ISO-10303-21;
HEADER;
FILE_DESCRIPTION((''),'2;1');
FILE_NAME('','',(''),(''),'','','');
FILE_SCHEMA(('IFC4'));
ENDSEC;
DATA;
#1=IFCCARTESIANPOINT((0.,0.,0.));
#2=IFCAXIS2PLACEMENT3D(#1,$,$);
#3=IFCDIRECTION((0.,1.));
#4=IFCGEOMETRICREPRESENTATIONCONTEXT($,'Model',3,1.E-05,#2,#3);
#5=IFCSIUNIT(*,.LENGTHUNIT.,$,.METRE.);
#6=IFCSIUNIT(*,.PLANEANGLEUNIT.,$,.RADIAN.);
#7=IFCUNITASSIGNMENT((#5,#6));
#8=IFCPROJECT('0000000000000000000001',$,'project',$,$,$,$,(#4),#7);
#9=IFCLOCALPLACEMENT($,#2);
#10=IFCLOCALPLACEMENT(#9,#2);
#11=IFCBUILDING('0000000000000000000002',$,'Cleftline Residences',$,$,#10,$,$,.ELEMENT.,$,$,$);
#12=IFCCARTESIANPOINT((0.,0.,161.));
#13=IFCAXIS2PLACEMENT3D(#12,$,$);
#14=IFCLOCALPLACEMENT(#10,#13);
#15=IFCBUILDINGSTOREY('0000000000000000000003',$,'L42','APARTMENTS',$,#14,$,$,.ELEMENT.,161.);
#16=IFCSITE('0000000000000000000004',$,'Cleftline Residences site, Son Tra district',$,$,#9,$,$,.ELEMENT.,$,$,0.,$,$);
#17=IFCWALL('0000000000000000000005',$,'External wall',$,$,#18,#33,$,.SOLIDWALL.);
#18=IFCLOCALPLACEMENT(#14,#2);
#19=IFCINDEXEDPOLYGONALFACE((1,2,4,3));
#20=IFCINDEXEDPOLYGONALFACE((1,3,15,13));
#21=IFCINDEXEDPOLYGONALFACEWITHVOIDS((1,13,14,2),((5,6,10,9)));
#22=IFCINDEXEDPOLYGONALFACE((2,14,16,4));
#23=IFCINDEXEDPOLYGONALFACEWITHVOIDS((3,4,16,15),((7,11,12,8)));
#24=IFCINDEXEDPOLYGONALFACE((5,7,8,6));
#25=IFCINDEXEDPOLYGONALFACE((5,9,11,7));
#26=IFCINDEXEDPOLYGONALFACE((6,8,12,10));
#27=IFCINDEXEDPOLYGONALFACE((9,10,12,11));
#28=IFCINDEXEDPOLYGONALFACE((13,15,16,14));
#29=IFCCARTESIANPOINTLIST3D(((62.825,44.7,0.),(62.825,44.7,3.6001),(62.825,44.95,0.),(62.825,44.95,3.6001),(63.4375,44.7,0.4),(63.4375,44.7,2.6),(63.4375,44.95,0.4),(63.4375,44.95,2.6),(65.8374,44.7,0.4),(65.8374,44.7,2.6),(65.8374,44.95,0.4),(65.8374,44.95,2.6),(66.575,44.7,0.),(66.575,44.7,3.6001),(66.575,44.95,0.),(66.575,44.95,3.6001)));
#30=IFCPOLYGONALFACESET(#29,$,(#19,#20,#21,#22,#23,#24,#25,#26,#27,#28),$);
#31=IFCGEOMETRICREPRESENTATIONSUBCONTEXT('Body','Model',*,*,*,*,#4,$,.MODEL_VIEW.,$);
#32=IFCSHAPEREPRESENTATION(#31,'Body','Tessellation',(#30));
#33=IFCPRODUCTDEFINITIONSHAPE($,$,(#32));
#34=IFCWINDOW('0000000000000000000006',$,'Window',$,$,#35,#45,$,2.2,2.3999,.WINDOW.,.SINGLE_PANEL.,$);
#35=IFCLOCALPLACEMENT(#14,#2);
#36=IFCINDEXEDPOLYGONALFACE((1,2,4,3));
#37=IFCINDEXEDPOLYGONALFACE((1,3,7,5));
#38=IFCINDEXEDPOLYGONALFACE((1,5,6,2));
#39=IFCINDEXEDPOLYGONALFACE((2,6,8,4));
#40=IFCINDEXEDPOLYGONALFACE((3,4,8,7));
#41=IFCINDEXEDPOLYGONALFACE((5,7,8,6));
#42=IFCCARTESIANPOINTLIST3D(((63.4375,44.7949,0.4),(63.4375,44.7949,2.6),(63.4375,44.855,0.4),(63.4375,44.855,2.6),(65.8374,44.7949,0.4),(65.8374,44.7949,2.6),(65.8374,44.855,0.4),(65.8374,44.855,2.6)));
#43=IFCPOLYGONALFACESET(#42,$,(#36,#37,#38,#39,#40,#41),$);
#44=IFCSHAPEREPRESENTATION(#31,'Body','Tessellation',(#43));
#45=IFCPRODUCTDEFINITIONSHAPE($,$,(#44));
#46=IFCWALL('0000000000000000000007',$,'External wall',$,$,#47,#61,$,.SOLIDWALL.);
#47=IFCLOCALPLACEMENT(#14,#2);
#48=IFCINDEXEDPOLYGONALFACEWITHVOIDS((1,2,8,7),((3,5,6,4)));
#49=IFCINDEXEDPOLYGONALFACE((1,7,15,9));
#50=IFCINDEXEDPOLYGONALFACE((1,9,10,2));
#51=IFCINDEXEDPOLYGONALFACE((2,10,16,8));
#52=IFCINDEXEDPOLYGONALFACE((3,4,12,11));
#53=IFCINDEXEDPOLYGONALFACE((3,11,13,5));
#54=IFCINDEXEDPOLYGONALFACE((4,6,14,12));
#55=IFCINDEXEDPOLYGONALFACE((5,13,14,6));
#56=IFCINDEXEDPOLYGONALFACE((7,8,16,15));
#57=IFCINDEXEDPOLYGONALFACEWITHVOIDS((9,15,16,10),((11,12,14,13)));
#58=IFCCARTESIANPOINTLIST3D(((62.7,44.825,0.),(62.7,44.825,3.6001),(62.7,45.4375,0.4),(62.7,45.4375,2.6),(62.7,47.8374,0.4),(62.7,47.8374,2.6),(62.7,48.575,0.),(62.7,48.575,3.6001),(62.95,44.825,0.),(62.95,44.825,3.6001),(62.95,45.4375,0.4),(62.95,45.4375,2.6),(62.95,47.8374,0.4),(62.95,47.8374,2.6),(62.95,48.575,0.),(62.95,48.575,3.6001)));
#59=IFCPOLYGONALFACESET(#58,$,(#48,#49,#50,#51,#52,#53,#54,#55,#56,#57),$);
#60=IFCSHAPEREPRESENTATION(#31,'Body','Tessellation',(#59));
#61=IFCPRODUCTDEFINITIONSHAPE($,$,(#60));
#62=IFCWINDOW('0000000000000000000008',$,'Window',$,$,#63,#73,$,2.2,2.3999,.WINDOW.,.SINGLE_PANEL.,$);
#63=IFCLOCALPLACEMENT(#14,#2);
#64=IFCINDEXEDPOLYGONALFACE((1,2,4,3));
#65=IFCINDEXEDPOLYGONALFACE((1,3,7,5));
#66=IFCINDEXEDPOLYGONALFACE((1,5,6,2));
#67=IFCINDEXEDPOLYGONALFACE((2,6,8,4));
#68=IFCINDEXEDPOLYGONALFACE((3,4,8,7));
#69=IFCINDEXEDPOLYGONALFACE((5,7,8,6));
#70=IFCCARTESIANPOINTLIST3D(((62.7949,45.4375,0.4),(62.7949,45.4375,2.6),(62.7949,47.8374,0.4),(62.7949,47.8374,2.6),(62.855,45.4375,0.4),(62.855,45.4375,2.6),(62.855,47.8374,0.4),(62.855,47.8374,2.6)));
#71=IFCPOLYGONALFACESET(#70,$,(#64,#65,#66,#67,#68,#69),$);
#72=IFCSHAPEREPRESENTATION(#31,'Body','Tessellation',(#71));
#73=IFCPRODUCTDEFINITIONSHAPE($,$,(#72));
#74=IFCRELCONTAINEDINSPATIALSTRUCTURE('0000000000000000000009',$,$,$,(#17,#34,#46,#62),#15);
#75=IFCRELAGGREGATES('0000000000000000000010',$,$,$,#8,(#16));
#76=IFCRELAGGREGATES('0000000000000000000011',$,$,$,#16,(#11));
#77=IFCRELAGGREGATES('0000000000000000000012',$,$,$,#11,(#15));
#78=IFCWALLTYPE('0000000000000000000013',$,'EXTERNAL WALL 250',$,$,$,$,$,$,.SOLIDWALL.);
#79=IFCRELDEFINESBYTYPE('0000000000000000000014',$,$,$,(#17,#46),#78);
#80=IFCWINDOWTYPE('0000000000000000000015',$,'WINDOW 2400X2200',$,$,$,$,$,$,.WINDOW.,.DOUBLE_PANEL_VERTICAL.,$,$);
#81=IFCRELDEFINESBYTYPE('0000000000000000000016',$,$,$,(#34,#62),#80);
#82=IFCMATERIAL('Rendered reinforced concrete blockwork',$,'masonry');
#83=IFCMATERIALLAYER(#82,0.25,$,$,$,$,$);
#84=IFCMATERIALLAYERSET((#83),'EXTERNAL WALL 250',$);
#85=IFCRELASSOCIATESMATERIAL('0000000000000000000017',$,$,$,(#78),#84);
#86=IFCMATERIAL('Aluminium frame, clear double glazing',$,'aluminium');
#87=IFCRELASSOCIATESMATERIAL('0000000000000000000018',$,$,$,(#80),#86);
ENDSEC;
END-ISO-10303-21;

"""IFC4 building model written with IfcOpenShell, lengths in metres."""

from ifc_helpers import new_model, si_unit, direction, frame, frame_2d, origin, place, context, subcontext, project, spatial, rectangle, extrude, material, layer, layer_set, type_object, element, fill, save


model = new_model("IFC4")

# Units and contexts
model_context = context("Model", 3, precision=1e-05, world=origin(), true_north=direction((0.0, 1.0)))
body_context = subcontext(model_context, "Body", "Model", "MODEL_VIEW")
ifc_project = project(units=[si_unit("LENGTHUNIT", "METRE"), si_unit("PLANEANGLEUNIT", "RADIAN")], contexts=[model_context])

# Site, building, storey
site_placement = place(None, origin())
site = spatial("IfcSite", under=ifc_project, at=site_placement, Name="Cleftline Residences site, Son Tra district", CompositionType="ELEMENT", RefElevation=0.0)
building_placement = place(site_placement, origin())
building = spatial("IfcBuilding", under=site, at=building_placement, Name="Cleftline Residences", CompositionType="ELEMENT")
storey_placement = place(building_placement, frame((0.0, 0.0, 161.0)))
storey = spatial("IfcBuildingStorey", under=building, at=storey_placement, Name="L42", Description="APARTMENTS", CompositionType="ELEMENT", Elevation=161.0)

# Walls, openings, windows
ifc_material_1 = material(Name="Rendered reinforced concrete blockwork", Category="masonry")
ifc_layer_1 = layer(ifc_material_1, 0.25)
ifc_layer_set_1 = layer_set([ifc_layer_1], Name="EXTERNAL WALL 250")
wall_type_1 = type_object("IfcWallType", Name="EXTERNAL WALL 250", PredefinedType="SOLIDWALL", material=ifc_layer_set_1)
wall_1_placement = place(storey_placement, frame((66.575, 44.825, 0.0), z_axis=(0.0, 0.0, 1.0), x_axis=(-1.0, 0.0, 0.0)))
wall_1 = element("IfcWall", 1, at=wall_1_placement, inside=storey, type_object=wall_type_1, Name="External wall", PredefinedType="SOLIDWALL", context=body_context, shape_type="SweptSolid", body=[
    extrude(rectangle(XDim=3.75, YDim=0.25, at=frame_2d((1.875, 0.0))), origin(), (0.0, 0.0, 1.0), 3.6001),
])
opening_1_placement = place(wall_1_placement, frame((0.7375, 0.0, 0.3999)))
opening_1 = element("IfcOpeningElement", 2, at=opening_1_placement, cuts=wall_1, PredefinedType="OPENING", context=body_context, shape_type="SweptSolid", body=[
    extrude(rectangle(XDim=2.3999, YDim=2.2, at=frame_2d((1.2, 1.1001))), frame((0.0, 0.135, 0.0), z_axis=(0.0, -1.0, 0.0), x_axis=(1.0, 0.0, 0.0)), (0.0, 0.0, 1.0), 0.27),
])
ifc_material_2 = material(Name="Aluminium frame, clear double glazing", Category="aluminium")
window_type_1 = type_object("IfcWindowType", Name="WINDOW 2400X2200", PartitioningType="DOUBLE_PANEL_VERTICAL", PredefinedType="WINDOW", material=ifc_material_2)
window_1_placement = place(opening_1_placement, origin())
window_1 = element("IfcWindow", 3, at=window_1_placement, inside=storey, type_object=window_type_1, Name="Window", OverallHeight=2.2, OverallWidth=2.3999, PartitioningType="SINGLE_PANEL", PredefinedType="WINDOW", context=body_context, shape_type="SweptSolid", body=[
    extrude(rectangle(XDim=2.3999, YDim=2.2, at=frame_2d((1.2, 1.1001))), frame((0.0, 0.03, 0.0), z_axis=(0.0, -1.0, 0.0), x_axis=(1.0, 0.0, 0.0)), (0.0, 0.0, 1.0), 0.0601),
])
fill(opening_1, window_1)
wall_2_placement = place(storey_placement, frame((62.825, 44.825, 0.0), z_axis=(0.0, 0.0, 1.0), x_axis=(0.0, 1.0, 0.0)))
wall_2 = element("IfcWall", 4, at=wall_2_placement, inside=storey, type_object=wall_type_1, Name="External wall", PredefinedType="SOLIDWALL", context=body_context, shape_type="SweptSolid", body=[
    extrude(rectangle(XDim=3.75, YDim=0.25, at=frame_2d((1.875, 0.0))), origin(), (0.0, 0.0, 1.0), 3.6001),
])
opening_2_placement = place(wall_2_placement, frame((0.6125, 0.0, 0.3999)))
opening_2 = element("IfcOpeningElement", 5, at=opening_2_placement, cuts=wall_2, PredefinedType="OPENING", context=body_context, shape_type="SweptSolid", body=[
    extrude(rectangle(XDim=2.3999, YDim=2.2, at=frame_2d((1.2, 1.1001))), frame((0.0, 0.135, 0.0), z_axis=(0.0, -1.0, 0.0), x_axis=(1.0, 0.0, 0.0)), (0.0, 0.0, 1.0), 0.27),
])
window_2_placement = place(opening_2_placement, origin())
window_2 = element("IfcWindow", 6, at=window_2_placement, inside=storey, type_object=window_type_1, Name="Window", OverallHeight=2.2, OverallWidth=2.3999, PartitioningType="SINGLE_PANEL", PredefinedType="WINDOW", context=body_context, shape_type="SweptSolid", body=[
    extrude(rectangle(XDim=2.3999, YDim=2.2, at=frame_2d((1.2, 1.1001))), frame((0.0, 0.03, 0.0), z_axis=(0.0, -1.0, 0.0), x_axis=(1.0, 0.0, 0.0)), (0.0, 0.0, 1.0), 0.0601),
])
fill(opening_2, window_2)

save(model, "model.ifc")
